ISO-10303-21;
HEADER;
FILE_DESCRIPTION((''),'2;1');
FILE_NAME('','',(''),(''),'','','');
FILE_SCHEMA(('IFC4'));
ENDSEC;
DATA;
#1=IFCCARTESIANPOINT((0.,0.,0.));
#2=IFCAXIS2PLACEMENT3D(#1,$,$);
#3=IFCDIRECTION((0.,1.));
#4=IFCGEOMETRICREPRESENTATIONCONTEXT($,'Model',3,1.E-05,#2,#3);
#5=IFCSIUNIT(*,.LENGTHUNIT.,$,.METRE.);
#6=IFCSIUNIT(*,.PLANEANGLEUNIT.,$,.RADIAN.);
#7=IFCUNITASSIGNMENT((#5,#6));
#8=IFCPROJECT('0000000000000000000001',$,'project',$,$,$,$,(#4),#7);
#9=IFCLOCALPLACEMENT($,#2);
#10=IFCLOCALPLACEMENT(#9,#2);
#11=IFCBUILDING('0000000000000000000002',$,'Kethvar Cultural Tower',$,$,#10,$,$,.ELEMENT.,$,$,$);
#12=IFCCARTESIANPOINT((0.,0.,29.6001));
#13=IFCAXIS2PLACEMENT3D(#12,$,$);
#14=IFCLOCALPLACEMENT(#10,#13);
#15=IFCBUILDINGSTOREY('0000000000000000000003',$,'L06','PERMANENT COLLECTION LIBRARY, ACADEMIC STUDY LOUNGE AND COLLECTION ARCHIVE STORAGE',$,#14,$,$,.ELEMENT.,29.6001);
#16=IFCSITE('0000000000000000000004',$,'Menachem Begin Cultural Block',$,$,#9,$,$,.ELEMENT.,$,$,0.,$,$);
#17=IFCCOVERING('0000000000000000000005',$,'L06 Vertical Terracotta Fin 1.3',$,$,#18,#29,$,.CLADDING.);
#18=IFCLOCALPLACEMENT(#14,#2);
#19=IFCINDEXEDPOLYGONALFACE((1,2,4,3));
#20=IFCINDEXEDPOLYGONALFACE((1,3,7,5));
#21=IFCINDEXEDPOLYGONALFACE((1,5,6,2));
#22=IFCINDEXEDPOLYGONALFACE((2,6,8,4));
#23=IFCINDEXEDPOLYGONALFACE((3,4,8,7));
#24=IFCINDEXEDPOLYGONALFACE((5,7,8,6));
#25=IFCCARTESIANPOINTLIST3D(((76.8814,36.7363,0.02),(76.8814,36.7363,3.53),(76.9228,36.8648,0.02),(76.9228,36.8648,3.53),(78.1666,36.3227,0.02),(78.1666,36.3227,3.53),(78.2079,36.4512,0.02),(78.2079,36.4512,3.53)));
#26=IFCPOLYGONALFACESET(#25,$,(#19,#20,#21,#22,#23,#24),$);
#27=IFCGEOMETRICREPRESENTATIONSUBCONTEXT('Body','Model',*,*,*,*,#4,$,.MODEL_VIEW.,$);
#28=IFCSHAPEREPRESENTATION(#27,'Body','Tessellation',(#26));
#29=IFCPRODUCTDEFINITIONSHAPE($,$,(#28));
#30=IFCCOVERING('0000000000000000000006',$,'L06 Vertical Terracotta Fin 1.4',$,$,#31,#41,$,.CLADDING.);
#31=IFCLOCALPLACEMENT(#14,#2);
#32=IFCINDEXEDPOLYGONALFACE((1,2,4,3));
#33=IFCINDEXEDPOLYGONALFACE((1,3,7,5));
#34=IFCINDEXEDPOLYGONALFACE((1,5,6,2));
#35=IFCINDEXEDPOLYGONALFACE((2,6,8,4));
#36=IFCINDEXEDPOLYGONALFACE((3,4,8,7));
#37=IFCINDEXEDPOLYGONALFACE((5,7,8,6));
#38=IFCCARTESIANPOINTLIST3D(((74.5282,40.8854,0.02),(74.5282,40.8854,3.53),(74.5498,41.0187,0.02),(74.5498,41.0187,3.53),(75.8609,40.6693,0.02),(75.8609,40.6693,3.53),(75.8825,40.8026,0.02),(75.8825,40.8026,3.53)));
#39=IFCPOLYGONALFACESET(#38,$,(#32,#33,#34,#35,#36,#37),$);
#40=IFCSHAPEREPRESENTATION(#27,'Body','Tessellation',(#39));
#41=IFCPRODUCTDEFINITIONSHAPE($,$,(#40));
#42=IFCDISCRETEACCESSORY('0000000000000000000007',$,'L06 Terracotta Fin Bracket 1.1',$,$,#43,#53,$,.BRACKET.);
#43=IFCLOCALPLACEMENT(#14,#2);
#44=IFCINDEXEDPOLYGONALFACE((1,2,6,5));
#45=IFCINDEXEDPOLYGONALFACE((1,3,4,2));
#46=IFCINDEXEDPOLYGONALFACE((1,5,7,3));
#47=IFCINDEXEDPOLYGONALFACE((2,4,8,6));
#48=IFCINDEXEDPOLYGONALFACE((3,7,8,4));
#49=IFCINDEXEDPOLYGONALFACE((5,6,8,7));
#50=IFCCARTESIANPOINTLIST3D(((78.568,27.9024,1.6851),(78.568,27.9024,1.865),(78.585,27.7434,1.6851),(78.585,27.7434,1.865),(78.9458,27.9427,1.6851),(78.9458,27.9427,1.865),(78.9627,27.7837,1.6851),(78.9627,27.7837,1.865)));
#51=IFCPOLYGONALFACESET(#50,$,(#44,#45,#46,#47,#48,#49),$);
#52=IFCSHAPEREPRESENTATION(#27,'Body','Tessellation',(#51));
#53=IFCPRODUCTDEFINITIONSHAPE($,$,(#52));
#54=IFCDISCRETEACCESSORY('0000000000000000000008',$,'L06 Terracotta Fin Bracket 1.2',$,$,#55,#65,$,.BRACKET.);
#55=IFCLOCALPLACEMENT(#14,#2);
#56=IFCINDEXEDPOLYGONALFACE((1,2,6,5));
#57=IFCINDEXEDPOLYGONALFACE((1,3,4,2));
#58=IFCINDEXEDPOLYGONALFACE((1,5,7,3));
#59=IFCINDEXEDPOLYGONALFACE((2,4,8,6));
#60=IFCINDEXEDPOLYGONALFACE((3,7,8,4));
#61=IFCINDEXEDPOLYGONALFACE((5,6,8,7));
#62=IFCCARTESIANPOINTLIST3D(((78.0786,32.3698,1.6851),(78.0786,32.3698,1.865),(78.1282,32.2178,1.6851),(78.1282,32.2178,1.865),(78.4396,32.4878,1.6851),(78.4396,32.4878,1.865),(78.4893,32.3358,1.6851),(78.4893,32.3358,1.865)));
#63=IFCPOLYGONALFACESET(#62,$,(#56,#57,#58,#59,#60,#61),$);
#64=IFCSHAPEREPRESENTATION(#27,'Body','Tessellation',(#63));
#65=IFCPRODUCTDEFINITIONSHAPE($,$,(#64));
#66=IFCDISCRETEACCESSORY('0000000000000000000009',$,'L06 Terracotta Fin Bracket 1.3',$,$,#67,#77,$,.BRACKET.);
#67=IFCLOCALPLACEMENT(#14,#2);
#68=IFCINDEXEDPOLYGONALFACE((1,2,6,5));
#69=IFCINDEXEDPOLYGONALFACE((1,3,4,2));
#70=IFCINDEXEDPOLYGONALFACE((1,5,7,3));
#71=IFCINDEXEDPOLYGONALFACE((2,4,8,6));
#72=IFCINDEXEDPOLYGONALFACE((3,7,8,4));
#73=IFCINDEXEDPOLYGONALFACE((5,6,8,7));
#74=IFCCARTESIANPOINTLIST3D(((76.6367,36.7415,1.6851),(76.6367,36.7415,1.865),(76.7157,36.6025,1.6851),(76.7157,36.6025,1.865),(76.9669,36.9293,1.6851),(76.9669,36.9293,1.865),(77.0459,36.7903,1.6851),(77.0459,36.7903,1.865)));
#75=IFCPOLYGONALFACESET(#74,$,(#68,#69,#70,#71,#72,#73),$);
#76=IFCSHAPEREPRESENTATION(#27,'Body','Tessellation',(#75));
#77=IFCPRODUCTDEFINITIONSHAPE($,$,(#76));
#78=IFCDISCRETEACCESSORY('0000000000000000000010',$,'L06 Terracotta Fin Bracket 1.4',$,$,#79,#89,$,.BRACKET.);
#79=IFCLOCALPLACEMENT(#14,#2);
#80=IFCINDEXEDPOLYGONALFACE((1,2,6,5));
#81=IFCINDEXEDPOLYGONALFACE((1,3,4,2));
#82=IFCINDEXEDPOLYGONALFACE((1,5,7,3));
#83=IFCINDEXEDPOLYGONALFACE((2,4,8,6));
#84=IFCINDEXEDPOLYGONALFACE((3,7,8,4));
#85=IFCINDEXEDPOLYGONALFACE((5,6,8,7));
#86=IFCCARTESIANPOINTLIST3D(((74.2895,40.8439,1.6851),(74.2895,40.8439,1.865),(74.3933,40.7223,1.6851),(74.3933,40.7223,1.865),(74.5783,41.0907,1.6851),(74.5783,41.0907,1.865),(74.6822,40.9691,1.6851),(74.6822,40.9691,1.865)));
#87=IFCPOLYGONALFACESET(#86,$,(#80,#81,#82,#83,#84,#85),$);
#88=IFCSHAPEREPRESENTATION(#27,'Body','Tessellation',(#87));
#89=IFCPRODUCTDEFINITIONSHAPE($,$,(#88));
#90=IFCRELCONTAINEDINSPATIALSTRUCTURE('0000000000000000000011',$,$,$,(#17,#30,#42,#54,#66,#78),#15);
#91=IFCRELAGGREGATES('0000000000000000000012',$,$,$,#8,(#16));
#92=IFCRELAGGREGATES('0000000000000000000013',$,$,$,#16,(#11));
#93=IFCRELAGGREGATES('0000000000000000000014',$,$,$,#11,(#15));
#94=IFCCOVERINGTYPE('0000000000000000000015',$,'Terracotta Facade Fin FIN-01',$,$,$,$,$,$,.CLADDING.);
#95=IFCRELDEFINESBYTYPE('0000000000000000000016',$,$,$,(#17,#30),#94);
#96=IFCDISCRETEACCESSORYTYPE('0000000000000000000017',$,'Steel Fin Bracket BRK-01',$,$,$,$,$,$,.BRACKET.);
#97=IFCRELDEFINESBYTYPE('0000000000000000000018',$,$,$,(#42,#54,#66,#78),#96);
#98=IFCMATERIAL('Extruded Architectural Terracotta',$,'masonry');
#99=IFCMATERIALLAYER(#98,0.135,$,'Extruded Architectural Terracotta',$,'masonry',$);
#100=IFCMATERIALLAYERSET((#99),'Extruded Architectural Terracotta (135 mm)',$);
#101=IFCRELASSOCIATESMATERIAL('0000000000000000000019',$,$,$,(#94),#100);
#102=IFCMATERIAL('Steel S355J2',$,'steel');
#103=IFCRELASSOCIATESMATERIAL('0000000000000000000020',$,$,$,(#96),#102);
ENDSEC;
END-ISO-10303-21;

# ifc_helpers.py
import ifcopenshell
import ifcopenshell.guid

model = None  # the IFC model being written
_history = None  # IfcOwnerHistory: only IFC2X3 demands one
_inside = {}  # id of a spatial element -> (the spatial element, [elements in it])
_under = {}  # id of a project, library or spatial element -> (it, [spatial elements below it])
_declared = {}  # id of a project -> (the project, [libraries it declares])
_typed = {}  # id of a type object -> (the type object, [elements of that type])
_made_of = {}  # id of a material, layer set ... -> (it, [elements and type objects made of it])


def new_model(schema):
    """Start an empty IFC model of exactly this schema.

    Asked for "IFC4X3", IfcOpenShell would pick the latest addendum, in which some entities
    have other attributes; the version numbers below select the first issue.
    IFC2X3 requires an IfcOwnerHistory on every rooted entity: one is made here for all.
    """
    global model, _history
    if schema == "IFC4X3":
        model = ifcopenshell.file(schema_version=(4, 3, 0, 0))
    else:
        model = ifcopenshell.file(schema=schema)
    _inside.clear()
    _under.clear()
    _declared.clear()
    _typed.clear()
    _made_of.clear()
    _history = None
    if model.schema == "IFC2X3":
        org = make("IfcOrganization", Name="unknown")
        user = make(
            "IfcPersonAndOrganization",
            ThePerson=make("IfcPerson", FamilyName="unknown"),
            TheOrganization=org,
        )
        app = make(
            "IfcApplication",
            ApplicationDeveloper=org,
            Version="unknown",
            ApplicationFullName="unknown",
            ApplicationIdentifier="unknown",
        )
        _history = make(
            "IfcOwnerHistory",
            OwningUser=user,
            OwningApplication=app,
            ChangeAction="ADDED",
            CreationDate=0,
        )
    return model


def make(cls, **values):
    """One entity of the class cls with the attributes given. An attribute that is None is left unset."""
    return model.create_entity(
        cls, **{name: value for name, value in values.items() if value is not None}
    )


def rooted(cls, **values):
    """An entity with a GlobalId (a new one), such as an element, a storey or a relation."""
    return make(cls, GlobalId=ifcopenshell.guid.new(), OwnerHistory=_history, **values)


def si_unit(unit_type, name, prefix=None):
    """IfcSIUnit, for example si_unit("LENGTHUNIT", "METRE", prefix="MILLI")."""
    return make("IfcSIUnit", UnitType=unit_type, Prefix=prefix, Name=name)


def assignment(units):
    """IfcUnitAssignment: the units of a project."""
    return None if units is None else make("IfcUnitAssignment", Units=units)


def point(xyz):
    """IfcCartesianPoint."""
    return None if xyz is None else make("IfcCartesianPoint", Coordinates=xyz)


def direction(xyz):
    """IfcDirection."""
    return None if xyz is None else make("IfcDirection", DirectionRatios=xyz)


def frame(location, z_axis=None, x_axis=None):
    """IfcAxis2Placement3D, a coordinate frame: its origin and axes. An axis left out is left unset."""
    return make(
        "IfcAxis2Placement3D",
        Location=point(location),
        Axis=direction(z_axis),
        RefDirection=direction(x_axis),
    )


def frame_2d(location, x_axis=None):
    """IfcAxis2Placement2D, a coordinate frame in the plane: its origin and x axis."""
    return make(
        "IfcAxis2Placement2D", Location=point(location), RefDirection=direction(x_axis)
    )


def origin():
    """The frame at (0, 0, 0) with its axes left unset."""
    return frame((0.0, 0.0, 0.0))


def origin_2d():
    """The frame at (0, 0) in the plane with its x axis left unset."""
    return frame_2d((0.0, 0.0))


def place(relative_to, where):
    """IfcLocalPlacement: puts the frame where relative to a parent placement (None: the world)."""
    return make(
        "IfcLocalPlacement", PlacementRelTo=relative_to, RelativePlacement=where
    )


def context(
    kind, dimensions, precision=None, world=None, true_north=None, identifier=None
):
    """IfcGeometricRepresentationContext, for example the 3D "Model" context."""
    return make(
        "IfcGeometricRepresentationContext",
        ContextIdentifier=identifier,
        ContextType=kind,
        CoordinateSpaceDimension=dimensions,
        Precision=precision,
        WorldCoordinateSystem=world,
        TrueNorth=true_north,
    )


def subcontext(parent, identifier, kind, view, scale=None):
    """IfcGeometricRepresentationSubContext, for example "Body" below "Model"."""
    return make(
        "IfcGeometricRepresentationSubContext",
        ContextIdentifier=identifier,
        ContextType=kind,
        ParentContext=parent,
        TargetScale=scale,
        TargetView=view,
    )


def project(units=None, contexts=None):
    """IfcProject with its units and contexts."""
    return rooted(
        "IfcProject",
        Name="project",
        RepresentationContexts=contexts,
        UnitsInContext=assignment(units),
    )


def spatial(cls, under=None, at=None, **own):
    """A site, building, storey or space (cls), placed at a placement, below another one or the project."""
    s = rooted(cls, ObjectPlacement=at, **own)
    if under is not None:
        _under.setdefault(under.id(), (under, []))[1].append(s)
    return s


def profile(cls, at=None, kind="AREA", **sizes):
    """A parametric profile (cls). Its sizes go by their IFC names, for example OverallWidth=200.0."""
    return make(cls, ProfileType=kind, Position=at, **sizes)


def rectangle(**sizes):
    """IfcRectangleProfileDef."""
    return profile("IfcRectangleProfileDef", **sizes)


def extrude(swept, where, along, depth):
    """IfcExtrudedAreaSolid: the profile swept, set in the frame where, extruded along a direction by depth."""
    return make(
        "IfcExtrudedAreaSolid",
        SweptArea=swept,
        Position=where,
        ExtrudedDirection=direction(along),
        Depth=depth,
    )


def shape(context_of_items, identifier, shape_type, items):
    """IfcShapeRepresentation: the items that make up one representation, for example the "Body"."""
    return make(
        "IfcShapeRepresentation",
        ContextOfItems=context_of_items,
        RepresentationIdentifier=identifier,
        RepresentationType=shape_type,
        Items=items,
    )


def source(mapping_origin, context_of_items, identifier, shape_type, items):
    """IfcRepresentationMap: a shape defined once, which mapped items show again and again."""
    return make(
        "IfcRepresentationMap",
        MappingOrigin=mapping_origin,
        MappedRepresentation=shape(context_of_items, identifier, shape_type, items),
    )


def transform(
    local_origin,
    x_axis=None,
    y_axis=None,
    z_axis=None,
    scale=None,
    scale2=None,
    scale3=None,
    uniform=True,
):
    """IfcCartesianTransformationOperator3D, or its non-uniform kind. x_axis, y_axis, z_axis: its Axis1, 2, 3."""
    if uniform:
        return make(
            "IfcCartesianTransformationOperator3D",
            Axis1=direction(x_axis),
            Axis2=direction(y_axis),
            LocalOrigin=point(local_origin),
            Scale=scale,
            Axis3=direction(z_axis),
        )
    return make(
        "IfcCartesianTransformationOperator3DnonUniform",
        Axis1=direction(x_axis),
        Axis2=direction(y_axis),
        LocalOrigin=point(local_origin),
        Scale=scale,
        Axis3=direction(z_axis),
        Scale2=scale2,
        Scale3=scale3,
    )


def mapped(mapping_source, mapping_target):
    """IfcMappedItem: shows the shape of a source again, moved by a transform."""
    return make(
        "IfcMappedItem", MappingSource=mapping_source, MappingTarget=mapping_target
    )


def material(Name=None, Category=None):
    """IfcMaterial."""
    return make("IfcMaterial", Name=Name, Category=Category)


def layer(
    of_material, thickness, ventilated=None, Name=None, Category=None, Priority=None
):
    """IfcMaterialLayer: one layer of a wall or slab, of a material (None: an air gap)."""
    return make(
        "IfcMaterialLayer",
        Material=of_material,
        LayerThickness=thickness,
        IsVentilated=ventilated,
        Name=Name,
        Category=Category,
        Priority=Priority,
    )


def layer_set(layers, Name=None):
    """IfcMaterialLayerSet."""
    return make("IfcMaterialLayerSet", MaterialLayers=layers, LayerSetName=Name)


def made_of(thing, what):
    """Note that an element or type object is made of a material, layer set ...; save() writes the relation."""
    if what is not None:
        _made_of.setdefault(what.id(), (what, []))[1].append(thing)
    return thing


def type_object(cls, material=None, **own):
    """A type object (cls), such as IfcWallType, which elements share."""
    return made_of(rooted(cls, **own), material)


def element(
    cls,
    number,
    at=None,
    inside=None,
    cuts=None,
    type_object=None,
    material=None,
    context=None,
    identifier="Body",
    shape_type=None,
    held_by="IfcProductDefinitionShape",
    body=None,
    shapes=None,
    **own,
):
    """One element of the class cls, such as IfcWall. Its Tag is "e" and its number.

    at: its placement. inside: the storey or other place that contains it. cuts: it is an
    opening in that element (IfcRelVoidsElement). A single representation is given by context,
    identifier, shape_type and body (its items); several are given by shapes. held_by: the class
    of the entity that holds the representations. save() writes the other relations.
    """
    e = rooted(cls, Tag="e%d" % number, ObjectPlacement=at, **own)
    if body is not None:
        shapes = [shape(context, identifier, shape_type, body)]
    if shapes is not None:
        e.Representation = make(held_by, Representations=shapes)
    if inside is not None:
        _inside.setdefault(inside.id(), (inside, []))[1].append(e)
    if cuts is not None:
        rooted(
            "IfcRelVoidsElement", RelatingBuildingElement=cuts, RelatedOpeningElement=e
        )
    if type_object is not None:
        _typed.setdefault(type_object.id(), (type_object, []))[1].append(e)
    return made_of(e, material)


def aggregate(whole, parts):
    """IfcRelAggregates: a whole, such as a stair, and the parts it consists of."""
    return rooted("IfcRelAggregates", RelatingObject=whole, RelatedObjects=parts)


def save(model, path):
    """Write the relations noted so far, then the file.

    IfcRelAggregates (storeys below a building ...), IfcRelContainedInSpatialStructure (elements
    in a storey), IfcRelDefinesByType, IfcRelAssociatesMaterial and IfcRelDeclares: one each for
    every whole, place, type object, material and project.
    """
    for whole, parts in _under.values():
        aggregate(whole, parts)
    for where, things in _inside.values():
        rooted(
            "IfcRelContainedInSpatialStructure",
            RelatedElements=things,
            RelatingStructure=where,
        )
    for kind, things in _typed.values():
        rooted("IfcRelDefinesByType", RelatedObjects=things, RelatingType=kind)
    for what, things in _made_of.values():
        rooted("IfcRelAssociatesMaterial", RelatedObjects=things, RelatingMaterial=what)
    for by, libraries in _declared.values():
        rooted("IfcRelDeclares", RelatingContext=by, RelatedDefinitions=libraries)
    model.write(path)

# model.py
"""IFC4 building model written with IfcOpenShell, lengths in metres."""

from ifc_helpers import new_model, si_unit, direction, frame, origin, origin_2d, place, context, subcontext, project, spatial, rectangle, extrude, source, transform, mapped, material, layer, layer_set, type_object, element, save


model = new_model("IFC4")

# Units and contexts
model_context = context("Model", 3, precision=1e-05, world=origin(), true_north=direction((0.0, 1.0)))
body_context = subcontext(model_context, "Body", "Model", "MODEL_VIEW")
ifc_project = project(units=[si_unit("LENGTHUNIT", "METRE"), si_unit("PLANEANGLEUNIT", "RADIAN")], contexts=[model_context])

# Site, building, storey
site_placement = place(None, origin())
site = spatial("IfcSite", under=ifc_project, at=site_placement, Name="Menachem Begin Cultural Block", CompositionType="ELEMENT", RefElevation=0.0)
building_placement = place(site_placement, origin())
building = spatial("IfcBuilding", under=site, at=building_placement, Name="Kethvar Cultural Tower", CompositionType="ELEMENT")
storey_placement = place(building_placement, frame((0.0, 0.0, 29.6001)))
storey = spatial("IfcBuildingStorey", under=building, at=storey_placement, Name="L06", Description="PERMANENT COLLECTION LIBRARY, ACADEMIC STUDY LOUNGE AND COLLECTION ARCHIVE STORAGE", CompositionType="ELEMENT", Elevation=29.6001)

# Shared definitions
ifc_material_1 = material(Name="Steel S355J2", Category="steel")

# Coverings
ifc_material_2 = material(Name="Extruded Architectural Terracotta", Category="masonry")
ifc_layer_1 = layer(ifc_material_2, 0.135, Name="Extruded Architectural Terracotta", Category="masonry")
ifc_layer_set_1 = layer_set([ifc_layer_1], Name="Extruded Architectural Terracotta (135 mm)")
covering_type = type_object("IfcCoveringType", Name="Terracotta Facade Fin FIN-01", PredefinedType="CLADDING", material=ifc_layer_set_1)
shared_shape_1 = source(origin(), body_context, "Body", "SweptSolid", [
    extrude(rectangle(XDim=1.3501, YDim=0.135, at=origin_2d()), origin(), (0.0, 0.0, 1.0), 3.51),
])
for number, where, z_axis, x_axis, name in (
    (1, (77.5447, 36.5938, 0.02), (0.0, 0.0, 1.0), (0.951916, -0.30636, 0.0), "L06 Vertical Terracotta Fin 1.3"),
    (2, (75.2053, 40.844, 0.02), (0.0, 0.0, 1.0), (0.987108, -0.160053, 0.0), "L06 Vertical Terracotta Fin 1.4"),
):
    element("IfcCovering", number, at=place(storey_placement, frame(where, z_axis=z_axis, x_axis=x_axis)), inside=storey, type_object=covering_type, Name=name, PredefinedType="CLADDING", context=body_context, shape_type="MappedRepresentation", body=[
        mapped(shared_shape_1, transform((0.0, 0.0, 0.0), scale=1.0)),
    ])

# Discrete accessories
discrete_accessory_type = type_object("IfcDiscreteAccessoryType", Name="Steel Fin Bracket BRK-01", PredefinedType="BRACKET", material=ifc_material_1)
shared_shape_2 = source(origin(), body_context, "Body", "SweptSolid", [
    extrude(rectangle(XDim=0.3799, YDim=0.1599, at=origin_2d()), origin(), (0.0, 0.0, 1.0), 0.1799),
])
for number, where, z_axis, x_axis, name in (
    (3, (78.7654, 27.843, 1.6851), (0.0, 0.0, 1.0), (0.994356, 0.106091, 0.0), "L06 Terracotta Fin Bracket 1.1"),
    (4, (78.2839, 32.3528, 1.6851), (0.0, 0.0, 1.0), (0.950516, 0.310676, 0.0), "L06 Terracotta Fin Bracket 1.2"),
    (5, (76.8413, 36.7659, 1.6851), (0.0, 0.0, 1.0), (0.869236, 0.494397, 0.0), "L06 Terracotta Fin Bracket 1.3"),
    (6, (74.4858, 40.9065, 1.6851), (0.0, 0.0, 1.0), (0.760406, 0.649448, 0.0), "L06 Terracotta Fin Bracket 1.4"),
):
    element("IfcDiscreteAccessory", number, at=place(storey_placement, frame(where, z_axis=z_axis, x_axis=x_axis)), inside=storey, type_object=discrete_accessory_type, Name=name, PredefinedType="BRACKET", context=body_context, shape_type="MappedRepresentation", body=[
        mapped(shared_shape_2, transform((0.0, 0.0, 0.0), scale=1.0)),
    ])

save(model, "model.ifc")
